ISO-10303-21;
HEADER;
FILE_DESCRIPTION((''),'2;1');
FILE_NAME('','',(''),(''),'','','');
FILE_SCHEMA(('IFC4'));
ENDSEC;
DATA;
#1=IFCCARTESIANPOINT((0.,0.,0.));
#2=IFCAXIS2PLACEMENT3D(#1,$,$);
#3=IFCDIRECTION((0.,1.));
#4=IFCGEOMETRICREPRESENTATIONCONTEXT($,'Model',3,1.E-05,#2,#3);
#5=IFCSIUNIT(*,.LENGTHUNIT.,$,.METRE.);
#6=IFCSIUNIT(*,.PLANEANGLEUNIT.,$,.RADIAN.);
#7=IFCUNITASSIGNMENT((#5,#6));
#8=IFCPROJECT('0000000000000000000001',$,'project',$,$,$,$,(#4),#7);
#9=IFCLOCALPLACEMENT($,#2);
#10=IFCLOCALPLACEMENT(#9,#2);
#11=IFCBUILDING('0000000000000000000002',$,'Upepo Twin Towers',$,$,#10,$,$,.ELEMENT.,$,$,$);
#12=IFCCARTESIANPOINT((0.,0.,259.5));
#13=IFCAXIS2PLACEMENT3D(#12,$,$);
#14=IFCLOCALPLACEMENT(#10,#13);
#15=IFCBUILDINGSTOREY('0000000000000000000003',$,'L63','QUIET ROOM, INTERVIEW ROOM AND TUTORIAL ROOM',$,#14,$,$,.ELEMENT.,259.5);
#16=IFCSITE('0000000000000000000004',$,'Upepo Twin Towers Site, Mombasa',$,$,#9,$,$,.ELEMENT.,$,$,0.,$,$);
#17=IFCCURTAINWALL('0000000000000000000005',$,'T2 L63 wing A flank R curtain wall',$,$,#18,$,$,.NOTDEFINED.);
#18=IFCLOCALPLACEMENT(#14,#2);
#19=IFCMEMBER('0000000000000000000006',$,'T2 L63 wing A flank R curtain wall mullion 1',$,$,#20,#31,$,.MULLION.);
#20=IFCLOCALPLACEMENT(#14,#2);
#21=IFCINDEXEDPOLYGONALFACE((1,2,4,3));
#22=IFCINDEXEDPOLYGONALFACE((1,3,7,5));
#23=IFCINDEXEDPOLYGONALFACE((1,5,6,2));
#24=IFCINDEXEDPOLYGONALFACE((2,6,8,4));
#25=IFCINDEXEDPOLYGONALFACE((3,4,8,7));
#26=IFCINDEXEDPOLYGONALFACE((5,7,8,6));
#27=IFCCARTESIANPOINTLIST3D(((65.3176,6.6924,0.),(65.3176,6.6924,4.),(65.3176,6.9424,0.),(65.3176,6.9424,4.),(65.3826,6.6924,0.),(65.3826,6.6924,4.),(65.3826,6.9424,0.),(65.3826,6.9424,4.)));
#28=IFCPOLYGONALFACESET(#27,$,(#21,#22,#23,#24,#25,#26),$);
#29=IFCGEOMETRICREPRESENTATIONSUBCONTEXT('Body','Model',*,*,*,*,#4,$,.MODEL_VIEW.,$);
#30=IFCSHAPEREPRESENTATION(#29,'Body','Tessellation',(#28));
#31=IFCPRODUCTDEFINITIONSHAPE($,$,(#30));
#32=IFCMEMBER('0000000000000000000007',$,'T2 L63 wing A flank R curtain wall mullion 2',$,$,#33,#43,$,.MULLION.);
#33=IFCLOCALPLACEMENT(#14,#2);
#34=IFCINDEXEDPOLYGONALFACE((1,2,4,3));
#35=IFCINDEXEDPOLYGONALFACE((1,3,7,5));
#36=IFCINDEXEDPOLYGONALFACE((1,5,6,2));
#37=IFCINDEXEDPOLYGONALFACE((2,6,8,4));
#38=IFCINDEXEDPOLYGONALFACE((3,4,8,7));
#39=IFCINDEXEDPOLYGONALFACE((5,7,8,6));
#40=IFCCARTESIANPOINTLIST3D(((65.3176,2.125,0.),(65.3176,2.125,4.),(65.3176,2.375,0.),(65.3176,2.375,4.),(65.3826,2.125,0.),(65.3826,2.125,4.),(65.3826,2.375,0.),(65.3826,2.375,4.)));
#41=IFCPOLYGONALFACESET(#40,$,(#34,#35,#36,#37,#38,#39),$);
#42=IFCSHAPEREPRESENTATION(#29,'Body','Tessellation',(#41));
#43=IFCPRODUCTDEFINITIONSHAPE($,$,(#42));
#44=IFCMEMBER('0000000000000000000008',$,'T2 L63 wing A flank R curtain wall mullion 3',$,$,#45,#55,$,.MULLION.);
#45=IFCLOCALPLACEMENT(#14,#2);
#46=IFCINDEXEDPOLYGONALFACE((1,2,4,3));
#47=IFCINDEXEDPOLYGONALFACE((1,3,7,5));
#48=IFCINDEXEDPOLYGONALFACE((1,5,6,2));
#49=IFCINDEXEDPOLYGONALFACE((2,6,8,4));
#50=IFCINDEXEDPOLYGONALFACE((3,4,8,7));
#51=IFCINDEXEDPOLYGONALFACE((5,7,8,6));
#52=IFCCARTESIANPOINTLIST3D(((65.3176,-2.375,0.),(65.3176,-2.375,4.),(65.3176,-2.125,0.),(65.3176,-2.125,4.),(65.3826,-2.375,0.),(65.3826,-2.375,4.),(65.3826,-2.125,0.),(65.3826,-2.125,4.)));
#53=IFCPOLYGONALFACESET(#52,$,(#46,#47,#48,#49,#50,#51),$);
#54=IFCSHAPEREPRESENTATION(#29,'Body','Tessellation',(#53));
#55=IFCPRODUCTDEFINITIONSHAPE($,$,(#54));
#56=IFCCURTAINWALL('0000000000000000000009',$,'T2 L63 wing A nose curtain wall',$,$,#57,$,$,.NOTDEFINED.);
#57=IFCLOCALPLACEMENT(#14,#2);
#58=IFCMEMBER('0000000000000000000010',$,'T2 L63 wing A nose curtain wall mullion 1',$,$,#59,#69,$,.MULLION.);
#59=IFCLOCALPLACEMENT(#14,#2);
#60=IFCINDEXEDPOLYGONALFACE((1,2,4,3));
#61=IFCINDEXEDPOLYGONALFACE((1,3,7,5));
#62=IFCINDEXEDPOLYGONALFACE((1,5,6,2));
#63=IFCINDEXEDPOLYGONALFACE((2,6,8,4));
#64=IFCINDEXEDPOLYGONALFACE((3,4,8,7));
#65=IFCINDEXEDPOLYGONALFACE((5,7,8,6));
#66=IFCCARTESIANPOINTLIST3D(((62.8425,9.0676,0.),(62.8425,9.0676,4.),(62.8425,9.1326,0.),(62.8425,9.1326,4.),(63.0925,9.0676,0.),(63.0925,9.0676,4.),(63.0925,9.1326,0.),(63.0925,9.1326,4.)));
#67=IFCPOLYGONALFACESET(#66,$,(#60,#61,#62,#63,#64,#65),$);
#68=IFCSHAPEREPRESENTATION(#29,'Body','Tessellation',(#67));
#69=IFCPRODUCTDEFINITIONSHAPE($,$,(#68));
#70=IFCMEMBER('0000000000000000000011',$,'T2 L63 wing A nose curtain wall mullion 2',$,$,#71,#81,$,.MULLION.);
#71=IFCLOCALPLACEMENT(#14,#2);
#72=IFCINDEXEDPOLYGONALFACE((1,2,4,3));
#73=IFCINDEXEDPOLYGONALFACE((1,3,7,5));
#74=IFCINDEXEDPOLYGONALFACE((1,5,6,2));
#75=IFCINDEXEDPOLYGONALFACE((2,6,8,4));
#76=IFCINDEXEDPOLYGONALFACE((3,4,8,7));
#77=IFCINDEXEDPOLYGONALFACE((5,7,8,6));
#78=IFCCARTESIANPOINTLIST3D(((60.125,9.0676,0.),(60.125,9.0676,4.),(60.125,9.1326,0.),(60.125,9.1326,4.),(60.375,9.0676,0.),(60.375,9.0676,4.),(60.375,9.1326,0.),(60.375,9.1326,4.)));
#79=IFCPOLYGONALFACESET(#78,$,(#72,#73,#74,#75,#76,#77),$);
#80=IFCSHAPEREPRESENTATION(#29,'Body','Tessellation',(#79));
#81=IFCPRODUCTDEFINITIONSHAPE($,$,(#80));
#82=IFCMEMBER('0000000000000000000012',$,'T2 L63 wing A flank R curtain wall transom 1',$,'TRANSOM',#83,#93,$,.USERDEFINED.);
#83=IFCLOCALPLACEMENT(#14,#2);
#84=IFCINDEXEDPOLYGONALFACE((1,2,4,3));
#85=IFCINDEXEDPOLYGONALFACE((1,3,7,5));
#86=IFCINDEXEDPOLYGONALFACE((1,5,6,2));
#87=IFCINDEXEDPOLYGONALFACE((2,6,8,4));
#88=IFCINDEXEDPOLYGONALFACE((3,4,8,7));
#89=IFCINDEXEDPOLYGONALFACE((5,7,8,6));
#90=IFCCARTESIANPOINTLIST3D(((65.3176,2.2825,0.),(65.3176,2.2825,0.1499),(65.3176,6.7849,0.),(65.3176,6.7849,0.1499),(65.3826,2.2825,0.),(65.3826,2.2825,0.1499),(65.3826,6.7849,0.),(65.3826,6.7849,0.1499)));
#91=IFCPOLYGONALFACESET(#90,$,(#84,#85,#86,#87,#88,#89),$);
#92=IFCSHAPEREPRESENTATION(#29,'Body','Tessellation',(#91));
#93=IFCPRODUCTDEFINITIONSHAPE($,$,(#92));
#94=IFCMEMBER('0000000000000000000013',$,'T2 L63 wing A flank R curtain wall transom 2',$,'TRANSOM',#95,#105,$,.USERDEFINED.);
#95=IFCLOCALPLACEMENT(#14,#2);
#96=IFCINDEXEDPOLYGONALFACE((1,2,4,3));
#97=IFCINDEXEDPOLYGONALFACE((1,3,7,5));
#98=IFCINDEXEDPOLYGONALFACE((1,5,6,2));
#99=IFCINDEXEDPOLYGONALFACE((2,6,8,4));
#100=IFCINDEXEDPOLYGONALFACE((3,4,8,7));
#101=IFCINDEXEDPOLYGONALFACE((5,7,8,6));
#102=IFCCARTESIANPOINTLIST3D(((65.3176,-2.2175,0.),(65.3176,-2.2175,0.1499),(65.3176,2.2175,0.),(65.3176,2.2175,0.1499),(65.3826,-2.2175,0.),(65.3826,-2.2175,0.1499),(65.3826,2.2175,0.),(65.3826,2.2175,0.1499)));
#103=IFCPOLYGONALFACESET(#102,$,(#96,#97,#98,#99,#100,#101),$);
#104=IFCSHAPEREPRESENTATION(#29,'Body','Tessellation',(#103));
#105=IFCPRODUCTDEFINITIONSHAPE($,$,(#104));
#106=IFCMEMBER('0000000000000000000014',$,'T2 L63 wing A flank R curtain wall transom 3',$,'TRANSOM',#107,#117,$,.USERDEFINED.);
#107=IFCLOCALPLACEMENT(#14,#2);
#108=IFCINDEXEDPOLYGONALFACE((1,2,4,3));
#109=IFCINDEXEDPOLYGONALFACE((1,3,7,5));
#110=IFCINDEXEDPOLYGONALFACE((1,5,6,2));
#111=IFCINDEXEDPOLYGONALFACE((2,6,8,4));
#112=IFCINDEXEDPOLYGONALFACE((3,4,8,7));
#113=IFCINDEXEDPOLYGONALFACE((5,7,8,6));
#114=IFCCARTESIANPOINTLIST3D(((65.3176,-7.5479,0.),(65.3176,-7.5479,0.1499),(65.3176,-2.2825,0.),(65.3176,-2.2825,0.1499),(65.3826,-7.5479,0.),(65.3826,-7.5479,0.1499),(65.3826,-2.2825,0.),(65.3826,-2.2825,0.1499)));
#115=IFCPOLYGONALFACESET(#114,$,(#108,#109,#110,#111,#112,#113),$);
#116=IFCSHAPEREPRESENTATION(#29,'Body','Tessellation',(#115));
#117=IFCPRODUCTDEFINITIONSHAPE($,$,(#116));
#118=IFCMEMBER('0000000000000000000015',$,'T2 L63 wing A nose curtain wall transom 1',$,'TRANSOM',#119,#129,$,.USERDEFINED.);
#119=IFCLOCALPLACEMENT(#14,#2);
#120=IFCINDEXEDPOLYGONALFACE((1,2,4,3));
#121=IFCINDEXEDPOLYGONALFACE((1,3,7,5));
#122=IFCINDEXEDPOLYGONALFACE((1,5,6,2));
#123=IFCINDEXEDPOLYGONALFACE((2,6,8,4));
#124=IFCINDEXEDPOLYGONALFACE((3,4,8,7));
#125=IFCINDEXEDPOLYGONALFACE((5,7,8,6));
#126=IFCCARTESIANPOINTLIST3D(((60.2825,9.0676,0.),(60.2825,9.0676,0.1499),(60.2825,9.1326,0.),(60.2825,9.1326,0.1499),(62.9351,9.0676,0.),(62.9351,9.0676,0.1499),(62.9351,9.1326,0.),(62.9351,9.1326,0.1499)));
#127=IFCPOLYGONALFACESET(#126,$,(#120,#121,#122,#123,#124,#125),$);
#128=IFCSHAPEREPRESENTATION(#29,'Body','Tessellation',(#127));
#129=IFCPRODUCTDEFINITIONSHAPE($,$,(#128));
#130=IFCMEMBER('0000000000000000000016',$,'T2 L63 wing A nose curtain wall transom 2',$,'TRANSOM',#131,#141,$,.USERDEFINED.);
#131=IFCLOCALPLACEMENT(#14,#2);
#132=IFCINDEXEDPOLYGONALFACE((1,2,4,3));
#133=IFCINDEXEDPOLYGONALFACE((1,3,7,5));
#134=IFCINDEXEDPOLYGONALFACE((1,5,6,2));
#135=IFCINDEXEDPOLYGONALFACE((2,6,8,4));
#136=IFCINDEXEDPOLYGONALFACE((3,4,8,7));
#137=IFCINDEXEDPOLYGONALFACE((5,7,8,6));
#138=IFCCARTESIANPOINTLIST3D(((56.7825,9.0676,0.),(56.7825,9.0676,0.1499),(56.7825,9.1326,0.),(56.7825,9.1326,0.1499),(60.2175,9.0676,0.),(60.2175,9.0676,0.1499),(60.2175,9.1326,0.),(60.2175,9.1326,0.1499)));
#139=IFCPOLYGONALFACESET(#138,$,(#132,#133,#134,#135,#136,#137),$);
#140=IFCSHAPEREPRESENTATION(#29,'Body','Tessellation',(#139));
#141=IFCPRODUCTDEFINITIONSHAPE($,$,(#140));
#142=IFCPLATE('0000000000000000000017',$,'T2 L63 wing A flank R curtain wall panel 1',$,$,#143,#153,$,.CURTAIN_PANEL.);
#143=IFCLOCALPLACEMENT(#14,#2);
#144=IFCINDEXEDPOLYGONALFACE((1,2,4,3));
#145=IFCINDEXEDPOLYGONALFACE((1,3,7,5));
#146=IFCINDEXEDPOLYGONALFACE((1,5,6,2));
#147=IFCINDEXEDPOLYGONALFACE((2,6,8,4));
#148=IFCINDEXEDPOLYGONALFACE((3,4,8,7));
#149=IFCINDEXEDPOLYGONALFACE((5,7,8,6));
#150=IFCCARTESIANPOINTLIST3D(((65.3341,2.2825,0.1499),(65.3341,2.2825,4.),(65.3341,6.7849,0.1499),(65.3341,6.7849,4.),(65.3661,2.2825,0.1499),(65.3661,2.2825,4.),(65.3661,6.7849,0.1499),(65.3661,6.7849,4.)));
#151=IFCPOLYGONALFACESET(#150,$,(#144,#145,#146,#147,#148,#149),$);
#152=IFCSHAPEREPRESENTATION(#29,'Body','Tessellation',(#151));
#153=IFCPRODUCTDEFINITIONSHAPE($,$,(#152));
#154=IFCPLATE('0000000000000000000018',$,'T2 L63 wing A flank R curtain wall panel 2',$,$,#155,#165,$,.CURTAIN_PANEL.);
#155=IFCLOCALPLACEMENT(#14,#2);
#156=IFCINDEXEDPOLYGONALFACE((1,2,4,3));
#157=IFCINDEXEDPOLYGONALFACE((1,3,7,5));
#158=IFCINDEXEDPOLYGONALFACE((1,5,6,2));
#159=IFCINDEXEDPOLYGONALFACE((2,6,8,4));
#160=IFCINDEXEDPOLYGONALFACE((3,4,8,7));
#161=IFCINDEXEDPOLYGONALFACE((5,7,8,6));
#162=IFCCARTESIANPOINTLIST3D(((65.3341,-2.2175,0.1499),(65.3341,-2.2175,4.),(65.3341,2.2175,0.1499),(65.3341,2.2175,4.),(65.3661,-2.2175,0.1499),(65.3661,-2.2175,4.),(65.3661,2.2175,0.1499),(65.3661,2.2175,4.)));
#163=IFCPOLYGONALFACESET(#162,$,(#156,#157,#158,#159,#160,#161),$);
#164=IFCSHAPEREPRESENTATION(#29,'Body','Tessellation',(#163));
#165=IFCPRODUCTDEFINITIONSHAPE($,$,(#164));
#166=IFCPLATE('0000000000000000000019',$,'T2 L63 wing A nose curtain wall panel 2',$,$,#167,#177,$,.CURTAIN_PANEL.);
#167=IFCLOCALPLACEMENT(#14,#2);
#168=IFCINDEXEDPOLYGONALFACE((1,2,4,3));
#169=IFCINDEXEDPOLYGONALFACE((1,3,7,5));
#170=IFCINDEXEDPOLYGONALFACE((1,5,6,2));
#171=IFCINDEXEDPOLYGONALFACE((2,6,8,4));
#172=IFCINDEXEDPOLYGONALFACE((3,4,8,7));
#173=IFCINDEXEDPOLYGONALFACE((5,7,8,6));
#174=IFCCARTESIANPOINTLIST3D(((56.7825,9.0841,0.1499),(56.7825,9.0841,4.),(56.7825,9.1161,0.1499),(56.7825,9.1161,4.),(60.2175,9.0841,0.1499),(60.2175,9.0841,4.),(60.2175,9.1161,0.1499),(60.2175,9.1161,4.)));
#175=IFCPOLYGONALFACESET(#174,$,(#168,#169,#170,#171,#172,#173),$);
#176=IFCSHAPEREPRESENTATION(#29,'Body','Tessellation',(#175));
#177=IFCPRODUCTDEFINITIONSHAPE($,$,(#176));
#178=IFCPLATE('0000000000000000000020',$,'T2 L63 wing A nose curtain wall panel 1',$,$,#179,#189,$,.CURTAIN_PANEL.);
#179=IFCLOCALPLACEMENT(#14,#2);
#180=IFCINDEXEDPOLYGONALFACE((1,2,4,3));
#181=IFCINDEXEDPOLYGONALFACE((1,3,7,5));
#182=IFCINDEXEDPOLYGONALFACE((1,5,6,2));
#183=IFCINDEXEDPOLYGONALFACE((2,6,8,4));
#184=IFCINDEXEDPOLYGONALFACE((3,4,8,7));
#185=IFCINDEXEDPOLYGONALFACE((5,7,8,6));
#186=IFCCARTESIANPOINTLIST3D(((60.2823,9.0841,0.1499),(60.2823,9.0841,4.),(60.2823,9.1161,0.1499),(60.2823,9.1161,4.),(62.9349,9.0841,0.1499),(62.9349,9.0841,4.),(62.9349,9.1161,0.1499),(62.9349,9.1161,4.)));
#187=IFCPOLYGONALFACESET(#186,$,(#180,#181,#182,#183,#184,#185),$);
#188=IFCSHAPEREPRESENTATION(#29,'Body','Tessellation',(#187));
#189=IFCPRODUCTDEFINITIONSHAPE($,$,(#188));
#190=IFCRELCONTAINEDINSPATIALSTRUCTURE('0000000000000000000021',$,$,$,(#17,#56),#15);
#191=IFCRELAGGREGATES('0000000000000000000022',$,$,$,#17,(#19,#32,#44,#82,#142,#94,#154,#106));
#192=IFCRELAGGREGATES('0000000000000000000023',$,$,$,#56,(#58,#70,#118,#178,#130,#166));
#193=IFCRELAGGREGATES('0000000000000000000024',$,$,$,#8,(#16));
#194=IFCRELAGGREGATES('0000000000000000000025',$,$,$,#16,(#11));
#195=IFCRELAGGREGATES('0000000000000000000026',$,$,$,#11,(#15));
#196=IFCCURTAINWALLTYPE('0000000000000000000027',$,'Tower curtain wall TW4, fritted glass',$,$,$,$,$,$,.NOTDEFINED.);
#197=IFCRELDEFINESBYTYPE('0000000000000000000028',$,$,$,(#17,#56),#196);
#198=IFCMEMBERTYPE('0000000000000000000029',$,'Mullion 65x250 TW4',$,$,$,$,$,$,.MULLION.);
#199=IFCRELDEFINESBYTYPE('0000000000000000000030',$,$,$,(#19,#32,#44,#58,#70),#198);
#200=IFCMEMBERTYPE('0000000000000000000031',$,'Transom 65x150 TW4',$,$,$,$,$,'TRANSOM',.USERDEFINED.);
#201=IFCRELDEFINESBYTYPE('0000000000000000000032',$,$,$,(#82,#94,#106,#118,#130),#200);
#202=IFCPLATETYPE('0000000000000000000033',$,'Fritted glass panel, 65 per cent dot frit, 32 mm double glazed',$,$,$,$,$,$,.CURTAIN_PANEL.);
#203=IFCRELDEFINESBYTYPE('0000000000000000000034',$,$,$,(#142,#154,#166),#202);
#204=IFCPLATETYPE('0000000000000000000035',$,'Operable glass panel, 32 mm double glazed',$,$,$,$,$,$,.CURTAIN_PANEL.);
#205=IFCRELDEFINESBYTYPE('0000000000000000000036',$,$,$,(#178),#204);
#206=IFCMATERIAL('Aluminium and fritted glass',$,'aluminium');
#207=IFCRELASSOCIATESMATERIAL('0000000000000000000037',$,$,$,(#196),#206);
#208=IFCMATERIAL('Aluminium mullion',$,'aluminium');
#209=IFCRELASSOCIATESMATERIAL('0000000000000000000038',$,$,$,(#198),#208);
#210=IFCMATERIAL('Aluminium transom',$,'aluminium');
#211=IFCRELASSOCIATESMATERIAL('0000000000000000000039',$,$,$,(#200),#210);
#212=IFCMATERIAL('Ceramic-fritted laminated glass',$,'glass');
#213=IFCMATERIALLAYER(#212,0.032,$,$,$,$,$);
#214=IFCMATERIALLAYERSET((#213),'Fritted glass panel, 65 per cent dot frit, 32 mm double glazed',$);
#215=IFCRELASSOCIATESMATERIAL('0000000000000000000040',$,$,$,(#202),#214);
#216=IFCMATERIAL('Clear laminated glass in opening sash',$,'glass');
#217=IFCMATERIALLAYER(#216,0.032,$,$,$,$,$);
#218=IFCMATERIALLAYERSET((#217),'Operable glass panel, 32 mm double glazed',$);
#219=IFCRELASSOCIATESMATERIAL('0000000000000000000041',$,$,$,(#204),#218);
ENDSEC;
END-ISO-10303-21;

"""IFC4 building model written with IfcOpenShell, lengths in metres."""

from ifc_helpers import new_model, si_unit, direction, frame, origin, origin_2d, place, context, subcontext, project, spatial, rectangle, extrude, material, layer, layer_set, material_profile, profile_set, type_object, element, aggregate, save


model = new_model("IFC4")

# Units and contexts
model_context = context("Model", 3, precision=1e-05, world=origin(), true_north=direction((0.0, 1.0)))
body_context = subcontext(model_context, "Body", "Model", "MODEL_VIEW")
ifc_project = project(units=[si_unit("LENGTHUNIT", "METRE"), si_unit("PLANEANGLEUNIT", "RADIAN")], contexts=[model_context])

# Site, building, storey
site_placement = place(None, origin())
site = spatial("IfcSite", under=ifc_project, at=site_placement, Name="Upepo Twin Towers Site, Mombasa", CompositionType="ELEMENT", RefElevation=0.0)
building_placement = place(site_placement, origin())
building = spatial("IfcBuilding", under=site, at=building_placement, Name="Upepo Twin Towers", CompositionType="ELEMENT")
storey_placement = place(building_placement, frame((0.0, 0.0, 259.5)))
storey = spatial("IfcBuildingStorey", under=building, at=storey_placement, Name="L63", Description="QUIET ROOM, INTERVIEW ROOM AND TUTORIAL ROOM", CompositionType="ELEMENT", Elevation=259.5)

# Curtain walls, members
ifc_material_1 = material(Name="Aluminium and fritted glass", Category="aluminium")
curtain_wall_type = type_object("IfcCurtainWallType", Name="Tower curtain wall TW4, fritted glass", PredefinedType="NOTDEFINED", material=ifc_material_1)
curtain_wall_1_placement = place(storey_placement, origin())
curtain_wall_1 = element("IfcCurtainWall", 1, at=curtain_wall_1_placement, inside=storey, type_object=curtain_wall_type, Name="T2 L63 wing A flank R curtain wall", PredefinedType="NOTDEFINED")
ifc_material_2 = material(Name="Aluminium mullion", Category="aluminium")
ifc_material_profile_1 = material_profile(ifc_material_2, rectangle(XDim=0.0649, YDim=0.25, at=origin_2d()), Name="MULLION 65x250")
ifc_profile_set_1 = profile_set([ifc_material_profile_1], Name="Aluminium mullion")
member_type_1 = type_object("IfcMemberType", Name="Mullion 65x250 TW4", PredefinedType="MULLION", material=ifc_profile_set_1)
member_1_placement = place(storey_placement, frame((65.3501, 6.8174, 0.0), z_axis=(0.0, 0.0, 1.0), x_axis=(1.0, 0.0, 0.0)))
member_1 = element("IfcMember", 2, at=member_1_placement, type_object=member_type_1, Name="T2 L63 wing A flank R curtain wall mullion 1", PredefinedType="MULLION", context=body_context, shape_type="SweptSolid", body=[
    extrude(rectangle(XDim=0.0649, YDim=0.25, at=origin_2d()), origin(), (0.0, 0.0, 1.0), 4.0),
])
member_2_placement = place(storey_placement, frame((65.3501, 2.25, 0.0), z_axis=(0.0, 0.0, 1.0), x_axis=(1.0, 0.0, 0.0)))
member_2 = element("IfcMember", 3, at=member_2_placement, type_object=member_type_1, Name="T2 L63 wing A flank R curtain wall mullion 2", PredefinedType="MULLION", context=body_context, shape_type="SweptSolid", body=[
    extrude(rectangle(XDim=0.0649, YDim=0.25, at=origin_2d()), origin(), (0.0, 0.0, 1.0), 4.0),
])
member_3_placement = place(storey_placement, frame((65.3501, -2.25, 0.0), z_axis=(0.0, 0.0, 1.0), x_axis=(1.0, 0.0, 0.0)))
member_3 = element("IfcMember", 4, at=member_3_placement, type_object=member_type_1, Name="T2 L63 wing A flank R curtain wall mullion 3", PredefinedType="MULLION", context=body_context, shape_type="SweptSolid", body=[
    extrude(rectangle(XDim=0.0649, YDim=0.25, at=origin_2d()), origin(), (0.0, 0.0, 1.0), 4.0),
])
curtain_wall_2_placement = place(storey_placement, origin())
curtain_wall_2 = element("IfcCurtainWall", 5, at=curtain_wall_2_placement, inside=storey, type_object=curtain_wall_type, Name="T2 L63 wing A nose curtain wall", PredefinedType="NOTDEFINED")
member_4_placement = place(storey_placement, frame((62.9675, 9.1001, 0.0), z_axis=(0.0, 0.0, 1.0), x_axis=(0.0, -1.0, 0.0)))
member_4 = element("IfcMember", 6, at=member_4_placement, type_object=member_type_1, Name="T2 L63 wing A nose curtain wall mullion 1", PredefinedType="MULLION", context=body_context, shape_type="SweptSolid", body=[
    extrude(rectangle(XDim=0.0649, YDim=0.25, at=origin_2d()), origin(), (0.0, 0.0, 1.0), 4.0),
])
member_5_placement = place(storey_placement, frame((60.25, 9.1001, 0.0), z_axis=(0.0, 0.0, 1.0), x_axis=(0.0, -1.0, 0.0)))
member_5 = element("IfcMember", 7, at=member_5_placement, type_object=member_type_1, Name="T2 L63 wing A nose curtain wall mullion 2", PredefinedType="MULLION", context=body_context, shape_type="SweptSolid", body=[
    extrude(rectangle(XDim=0.0649, YDim=0.25, at=origin_2d()), origin(), (0.0, 0.0, 1.0), 4.0),
])

# Members
ifc_material_3 = material(Name="Aluminium transom", Category="aluminium")
ifc_material_profile_2 = material_profile(ifc_material_3, rectangle(XDim=0.0649, YDim=0.1499, at=origin_2d()), Name="TRANSOM 65x150")
ifc_profile_set_2 = profile_set([ifc_material_profile_2], Name="Aluminium transom")
member_type_2 = type_object("IfcMemberType", Name="Transom 65x150 TW4", ElementType="TRANSOM", PredefinedType="USERDEFINED", material=ifc_profile_set_2)
member_6_placement = place(storey_placement, frame((65.3501, 6.7849, 0.075), z_axis=(0.0, -1.0, 0.0), x_axis=(1.0, 0.0, 0.0)))
member_6 = element("IfcMember", 8, at=member_6_placement, type_object=member_type_2, Name="T2 L63 wing A flank R curtain wall transom 1", ObjectType="TRANSOM", PredefinedType="USERDEFINED", context=body_context, shape_type="SweptSolid", body=[
    extrude(rectangle(XDim=0.0649, YDim=0.1499, at=origin_2d()), origin(), (0.0, 0.0, 1.0), 4.5024),
])
member_7_placement = place(storey_placement, frame((65.3501, 2.2175, 0.075), z_axis=(0.0, -1.0, 0.0), x_axis=(1.0, 0.0, 0.0)))
member_7 = element("IfcMember", 9, at=member_7_placement, type_object=member_type_2, Name="T2 L63 wing A flank R curtain wall transom 2", ObjectType="TRANSOM", PredefinedType="USERDEFINED", context=body_context, shape_type="SweptSolid", body=[
    extrude(rectangle(XDim=0.0649, YDim=0.1499, at=origin_2d()), origin(), (0.0, 0.0, 1.0), 4.4351),
])
member_8_placement = place(storey_placement, frame((65.3501, -2.2825, 0.075), z_axis=(0.0, -1.0, 0.0), x_axis=(1.0, 0.0, 0.0)))
member_8 = element("IfcMember", 10, at=member_8_placement, type_object=member_type_2, Name="T2 L63 wing A flank R curtain wall transom 3", ObjectType="TRANSOM", PredefinedType="USERDEFINED", context=body_context, shape_type="SweptSolid", body=[
    extrude(rectangle(XDim=0.0649, YDim=0.1499, at=origin_2d()), origin(), (0.0, 0.0, 1.0), 5.2654),
])
member_9_placement = place(storey_placement, frame((62.9351, 9.1001, 0.075), z_axis=(-1.0, 0.0, 0.0), x_axis=(0.0, -1.0, 0.0)))
member_9 = element("IfcMember", 11, at=member_9_placement, type_object=member_type_2, Name="T2 L63 wing A nose curtain wall transom 1", ObjectType="TRANSOM", PredefinedType="USERDEFINED", context=body_context, shape_type="SweptSolid", body=[
    extrude(rectangle(XDim=0.0649, YDim=0.1499, at=origin_2d()), origin(), (0.0, 0.0, 1.0), 2.6526),
])
member_10_placement = place(storey_placement, frame((60.2175, 9.1001, 0.075), z_axis=(-1.0, 0.0, 0.0), x_axis=(0.0, -1.0, 0.0)))
member_10 = element("IfcMember", 12, at=member_10_placement, type_object=member_type_2, Name="T2 L63 wing A nose curtain wall transom 2", ObjectType="TRANSOM", PredefinedType="USERDEFINED", context=body_context, shape_type="SweptSolid", body=[
    extrude(rectangle(XDim=0.0649, YDim=0.1499, at=origin_2d()), origin(), (0.0, 0.0, 1.0), 3.4351),
])

# Plates
ifc_material_4 = material(Name="Ceramic-fritted laminated glass", Category="glass")
ifc_layer_1 = layer(ifc_material_4, 0.032)
ifc_layer_set_1 = layer_set([ifc_layer_1], Name="Fritted glass panel, 65 per cent dot frit, 32 mm double glazed")
plate_type_1 = type_object("IfcPlateType", Name="Fritted glass panel, 65 per cent dot frit, 32 mm double glazed", PredefinedType="CURTAIN_PANEL", material=ifc_layer_set_1)
plate_1_placement = place(storey_placement, frame((65.3501, 4.5337, 0.1499), z_axis=(0.0, 0.0, 1.0), x_axis=(0.0, -1.0, 0.0)))
plate_1 = element("IfcPlate", 13, at=plate_1_placement, type_object=plate_type_1, Name="T2 L63 wing A flank R curtain wall panel 1", PredefinedType="CURTAIN_PANEL", context=body_context, shape_type="SweptSolid", body=[
    extrude(rectangle(XDim=4.5024, YDim=0.032, at=origin_2d()), origin(), (0.0, 0.0, 1.0), 3.8501),
])
plate_2_placement = place(storey_placement, frame((65.3501, 0.0, 0.1499), z_axis=(0.0, 0.0, 1.0), x_axis=(0.0, -1.0, 0.0)))
plate_2 = element("IfcPlate", 14, at=plate_2_placement, type_object=plate_type_1, Name="T2 L63 wing A flank R curtain wall panel 2", PredefinedType="CURTAIN_PANEL", context=body_context, shape_type="SweptSolid", body=[
    extrude(rectangle(XDim=4.4351, YDim=0.032, at=origin_2d()), origin(), (0.0, 0.0, 1.0), 3.8501),
])
aggregate(curtain_wall_1, [member_1, member_2, member_3, member_6, plate_1, member_7, plate_2, member_8])
plate_3_placement = place(storey_placement, frame((58.5, 9.1001, 0.1499), z_axis=(0.0, 0.0, 1.0), x_axis=(-1.0, 0.0, 0.0)))
plate_3 = element("IfcPlate", 15, at=plate_3_placement, type_object=plate_type_1, Name="T2 L63 wing A nose curtain wall panel 2", PredefinedType="CURTAIN_PANEL", context=body_context, shape_type="SweptSolid", body=[
    extrude(rectangle(XDim=3.4351, YDim=0.032, at=origin_2d()), origin(), (0.0, 0.0, 1.0), 3.8501),
])
ifc_material_5 = material(Name="Clear laminated glass in opening sash", Category="glass")
ifc_layer_2 = layer(ifc_material_5, 0.032)
ifc_layer_set_2 = layer_set([ifc_layer_2], Name="Operable glass panel, 32 mm double glazed")
plate_type_2 = type_object("IfcPlateType", Name="Operable glass panel, 32 mm double glazed", PredefinedType="CURTAIN_PANEL", material=ifc_layer_set_2)
plate_4_placement = place(storey_placement, frame((61.6086, 9.1001, 0.1499), z_axis=(0.0, 0.0, 1.0), x_axis=(-1.0, 0.0, 0.0)))
plate_4 = element("IfcPlate", 16, at=plate_4_placement, type_object=plate_type_2, Name="T2 L63 wing A nose curtain wall panel 1", PredefinedType="CURTAIN_PANEL", context=body_context, shape_type="SweptSolid", body=[
    extrude(rectangle(XDim=2.6526, YDim=0.032, at=origin_2d()), origin(), (0.0, 0.0, 1.0), 3.8501),
])
aggregate(curtain_wall_2, [member_4, member_5, member_9, plate_4, member_10, plate_3])

save(model, "model.ifc")
